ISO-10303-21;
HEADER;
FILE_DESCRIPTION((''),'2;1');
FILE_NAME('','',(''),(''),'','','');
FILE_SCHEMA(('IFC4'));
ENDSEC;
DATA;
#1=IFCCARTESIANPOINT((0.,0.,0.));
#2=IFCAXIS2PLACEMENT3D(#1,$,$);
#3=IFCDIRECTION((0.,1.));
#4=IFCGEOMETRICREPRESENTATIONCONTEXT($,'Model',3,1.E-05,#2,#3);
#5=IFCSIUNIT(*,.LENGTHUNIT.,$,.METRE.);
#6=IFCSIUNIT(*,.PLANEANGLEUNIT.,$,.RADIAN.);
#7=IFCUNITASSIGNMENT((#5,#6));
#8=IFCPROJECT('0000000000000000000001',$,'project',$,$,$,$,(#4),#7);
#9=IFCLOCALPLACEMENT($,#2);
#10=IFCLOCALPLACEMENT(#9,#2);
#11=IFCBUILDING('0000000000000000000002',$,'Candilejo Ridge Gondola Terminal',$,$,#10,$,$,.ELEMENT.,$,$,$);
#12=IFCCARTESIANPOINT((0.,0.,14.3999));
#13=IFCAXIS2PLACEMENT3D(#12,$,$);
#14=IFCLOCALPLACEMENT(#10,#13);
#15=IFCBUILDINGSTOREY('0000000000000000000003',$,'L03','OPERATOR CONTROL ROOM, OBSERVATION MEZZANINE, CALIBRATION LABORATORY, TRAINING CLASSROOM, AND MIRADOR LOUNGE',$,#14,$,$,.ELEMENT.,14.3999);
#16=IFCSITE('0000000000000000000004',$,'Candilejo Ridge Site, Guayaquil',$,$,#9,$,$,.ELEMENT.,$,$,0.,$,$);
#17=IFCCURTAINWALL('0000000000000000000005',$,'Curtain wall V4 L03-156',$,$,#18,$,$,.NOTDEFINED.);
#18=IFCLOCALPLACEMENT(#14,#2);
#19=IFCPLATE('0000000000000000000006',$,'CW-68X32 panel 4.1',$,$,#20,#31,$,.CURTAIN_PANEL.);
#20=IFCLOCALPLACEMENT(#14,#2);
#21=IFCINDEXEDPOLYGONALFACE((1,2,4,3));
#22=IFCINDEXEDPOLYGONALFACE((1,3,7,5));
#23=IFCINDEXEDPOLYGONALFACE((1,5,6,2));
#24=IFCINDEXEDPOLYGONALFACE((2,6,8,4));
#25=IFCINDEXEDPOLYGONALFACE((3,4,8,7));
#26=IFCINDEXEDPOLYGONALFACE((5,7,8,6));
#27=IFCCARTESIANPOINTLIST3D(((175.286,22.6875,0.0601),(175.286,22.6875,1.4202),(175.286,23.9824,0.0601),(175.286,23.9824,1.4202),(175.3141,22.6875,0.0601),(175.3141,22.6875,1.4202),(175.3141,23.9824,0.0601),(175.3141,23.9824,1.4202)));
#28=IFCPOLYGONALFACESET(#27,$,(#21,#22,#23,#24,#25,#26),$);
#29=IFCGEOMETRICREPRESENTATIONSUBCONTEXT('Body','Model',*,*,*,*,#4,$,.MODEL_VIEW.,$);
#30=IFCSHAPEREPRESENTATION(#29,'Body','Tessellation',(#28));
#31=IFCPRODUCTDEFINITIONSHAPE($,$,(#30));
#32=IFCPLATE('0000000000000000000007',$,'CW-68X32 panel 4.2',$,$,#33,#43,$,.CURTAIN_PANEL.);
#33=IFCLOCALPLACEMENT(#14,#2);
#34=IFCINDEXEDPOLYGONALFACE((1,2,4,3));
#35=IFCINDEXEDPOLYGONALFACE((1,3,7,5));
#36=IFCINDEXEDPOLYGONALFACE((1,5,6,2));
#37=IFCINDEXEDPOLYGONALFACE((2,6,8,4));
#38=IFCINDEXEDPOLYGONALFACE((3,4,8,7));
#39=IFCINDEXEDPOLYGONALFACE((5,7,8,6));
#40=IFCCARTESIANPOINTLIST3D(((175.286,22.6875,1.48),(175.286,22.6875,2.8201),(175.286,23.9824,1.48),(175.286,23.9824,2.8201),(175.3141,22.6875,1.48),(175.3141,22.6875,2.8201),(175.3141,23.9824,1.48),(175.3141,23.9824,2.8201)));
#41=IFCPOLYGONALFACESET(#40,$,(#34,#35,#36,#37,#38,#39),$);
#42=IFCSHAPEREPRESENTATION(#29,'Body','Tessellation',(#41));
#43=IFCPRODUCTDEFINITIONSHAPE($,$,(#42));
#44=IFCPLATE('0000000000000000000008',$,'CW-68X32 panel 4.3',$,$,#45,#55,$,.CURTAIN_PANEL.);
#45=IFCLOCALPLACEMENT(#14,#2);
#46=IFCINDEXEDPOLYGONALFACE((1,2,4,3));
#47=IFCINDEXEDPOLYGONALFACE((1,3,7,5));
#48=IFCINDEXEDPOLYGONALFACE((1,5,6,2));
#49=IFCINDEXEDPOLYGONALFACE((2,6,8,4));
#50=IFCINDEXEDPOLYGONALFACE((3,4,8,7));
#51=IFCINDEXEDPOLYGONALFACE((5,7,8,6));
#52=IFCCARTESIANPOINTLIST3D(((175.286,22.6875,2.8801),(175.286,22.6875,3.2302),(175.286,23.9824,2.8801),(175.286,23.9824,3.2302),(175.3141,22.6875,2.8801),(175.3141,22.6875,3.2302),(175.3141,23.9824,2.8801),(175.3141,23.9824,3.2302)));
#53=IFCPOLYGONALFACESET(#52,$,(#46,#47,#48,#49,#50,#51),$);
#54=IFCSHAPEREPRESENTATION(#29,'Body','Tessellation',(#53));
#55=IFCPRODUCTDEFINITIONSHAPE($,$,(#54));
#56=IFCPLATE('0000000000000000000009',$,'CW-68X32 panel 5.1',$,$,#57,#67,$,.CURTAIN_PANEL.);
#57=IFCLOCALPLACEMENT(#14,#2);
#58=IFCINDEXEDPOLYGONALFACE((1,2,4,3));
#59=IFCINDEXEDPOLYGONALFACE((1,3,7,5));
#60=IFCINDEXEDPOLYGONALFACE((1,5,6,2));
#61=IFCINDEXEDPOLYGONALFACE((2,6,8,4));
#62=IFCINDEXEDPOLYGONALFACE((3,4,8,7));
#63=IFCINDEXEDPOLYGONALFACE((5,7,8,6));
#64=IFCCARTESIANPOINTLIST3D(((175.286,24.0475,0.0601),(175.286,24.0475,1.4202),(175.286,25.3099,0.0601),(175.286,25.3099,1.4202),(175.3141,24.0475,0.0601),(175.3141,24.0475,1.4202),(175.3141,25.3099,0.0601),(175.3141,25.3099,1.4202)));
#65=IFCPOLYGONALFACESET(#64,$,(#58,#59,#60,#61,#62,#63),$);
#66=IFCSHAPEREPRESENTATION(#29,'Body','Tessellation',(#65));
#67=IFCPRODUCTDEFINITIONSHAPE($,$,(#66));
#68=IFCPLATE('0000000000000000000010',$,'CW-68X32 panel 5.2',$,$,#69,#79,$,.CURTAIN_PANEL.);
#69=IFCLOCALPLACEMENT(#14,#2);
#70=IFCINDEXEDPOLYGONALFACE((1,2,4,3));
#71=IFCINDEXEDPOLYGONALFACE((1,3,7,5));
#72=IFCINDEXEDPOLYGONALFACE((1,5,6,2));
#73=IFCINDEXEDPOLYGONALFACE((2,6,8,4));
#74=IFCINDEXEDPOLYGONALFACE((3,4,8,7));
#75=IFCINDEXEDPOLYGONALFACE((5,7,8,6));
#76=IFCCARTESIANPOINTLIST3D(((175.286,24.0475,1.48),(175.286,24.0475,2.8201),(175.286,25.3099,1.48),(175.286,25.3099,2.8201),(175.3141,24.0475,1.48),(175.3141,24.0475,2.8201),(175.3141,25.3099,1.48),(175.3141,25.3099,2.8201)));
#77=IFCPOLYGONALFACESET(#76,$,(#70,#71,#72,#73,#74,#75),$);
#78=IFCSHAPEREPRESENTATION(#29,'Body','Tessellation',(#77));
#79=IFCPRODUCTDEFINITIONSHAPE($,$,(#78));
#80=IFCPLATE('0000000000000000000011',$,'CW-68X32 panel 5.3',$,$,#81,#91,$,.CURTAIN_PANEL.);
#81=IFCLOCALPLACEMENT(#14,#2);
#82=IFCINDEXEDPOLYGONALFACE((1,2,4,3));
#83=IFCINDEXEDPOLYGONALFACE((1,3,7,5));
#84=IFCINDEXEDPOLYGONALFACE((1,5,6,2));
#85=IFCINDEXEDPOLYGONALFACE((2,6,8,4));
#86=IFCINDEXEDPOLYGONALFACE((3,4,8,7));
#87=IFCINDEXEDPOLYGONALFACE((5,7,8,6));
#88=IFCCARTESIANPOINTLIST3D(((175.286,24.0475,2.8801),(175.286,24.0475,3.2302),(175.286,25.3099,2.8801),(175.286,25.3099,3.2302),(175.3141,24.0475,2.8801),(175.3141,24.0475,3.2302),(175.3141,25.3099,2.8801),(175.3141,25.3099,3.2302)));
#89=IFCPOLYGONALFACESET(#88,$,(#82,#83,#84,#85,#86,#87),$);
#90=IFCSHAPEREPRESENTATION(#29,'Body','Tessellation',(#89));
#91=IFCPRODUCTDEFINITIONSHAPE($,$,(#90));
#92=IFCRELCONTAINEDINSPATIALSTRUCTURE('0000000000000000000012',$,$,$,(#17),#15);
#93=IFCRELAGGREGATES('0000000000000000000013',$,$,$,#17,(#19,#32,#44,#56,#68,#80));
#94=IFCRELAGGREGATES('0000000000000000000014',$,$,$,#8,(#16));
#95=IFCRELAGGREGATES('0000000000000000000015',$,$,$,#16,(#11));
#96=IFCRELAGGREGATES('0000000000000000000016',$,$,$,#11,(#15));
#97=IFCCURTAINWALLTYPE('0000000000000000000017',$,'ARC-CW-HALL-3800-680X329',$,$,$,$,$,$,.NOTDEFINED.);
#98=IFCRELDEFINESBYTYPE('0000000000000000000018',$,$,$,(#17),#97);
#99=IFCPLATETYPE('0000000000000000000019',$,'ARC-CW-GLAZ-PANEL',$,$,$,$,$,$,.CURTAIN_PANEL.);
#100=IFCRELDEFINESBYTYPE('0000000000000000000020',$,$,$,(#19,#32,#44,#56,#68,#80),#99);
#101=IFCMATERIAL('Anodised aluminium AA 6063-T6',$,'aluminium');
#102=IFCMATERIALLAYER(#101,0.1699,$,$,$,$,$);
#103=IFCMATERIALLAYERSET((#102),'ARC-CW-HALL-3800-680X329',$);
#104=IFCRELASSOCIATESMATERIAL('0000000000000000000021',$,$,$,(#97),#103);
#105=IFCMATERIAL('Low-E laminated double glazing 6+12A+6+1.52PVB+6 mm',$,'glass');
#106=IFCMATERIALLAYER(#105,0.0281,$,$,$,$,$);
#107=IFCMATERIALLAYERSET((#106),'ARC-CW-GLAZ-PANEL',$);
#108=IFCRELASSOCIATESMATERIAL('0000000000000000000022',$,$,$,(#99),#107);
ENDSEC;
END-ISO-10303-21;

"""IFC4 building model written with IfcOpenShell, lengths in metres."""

from ifc_helpers import new_model, si_unit, direction, frame, origin, origin_2d, place, context, subcontext, project, spatial, rectangle, extrude, material, layer, layer_set, type_object, element, aggregate, save


model = new_model("IFC4")

# Units and contexts
model_context = context("Model", 3, precision=1e-05, world=origin(), true_north=direction((0.0, 1.0)))
body_context = subcontext(model_context, "Body", "Model", "MODEL_VIEW")
ifc_project = project(units=[si_unit("LENGTHUNIT", "METRE"), si_unit("PLANEANGLEUNIT", "RADIAN")], contexts=[model_context])

# Site, building, storey
site_placement = place(None, origin())
site = spatial("IfcSite", under=ifc_project, at=site_placement, Name="Candilejo Ridge Site, Guayaquil", CompositionType="ELEMENT", RefElevation=0.0)
building_placement = place(site_placement, origin())
building = spatial("IfcBuilding", under=site, at=building_placement, Name="Candilejo Ridge Gondola Terminal", CompositionType="ELEMENT")
storey_placement = place(building_placement, frame((0.0, 0.0, 14.3999)))
storey = spatial("IfcBuildingStorey", under=building, at=storey_placement, Name="L03", Description="OPERATOR CONTROL ROOM, OBSERVATION MEZZANINE, CALIBRATION LABORATORY, TRAINING CLASSROOM, AND MIRADOR LOUNGE", CompositionType="ELEMENT", Elevation=14.3999)

# Curtain wall, plates
ifc_material_1 = material(Name="Anodised aluminium AA 6063-T6", Category="aluminium")
ifc_layer_1 = layer(ifc_material_1, 0.1699)
ifc_layer_set_1 = layer_set([ifc_layer_1], Name="ARC-CW-HALL-3800-680X329")
curtain_wall_type = type_object("IfcCurtainWallType", Name="ARC-CW-HALL-3800-680X329", PredefinedType="NOTDEFINED", material=ifc_layer_set_1)
curtain_wall_placement = place(storey_placement, origin())
curtain_wall = element("IfcCurtainWall", 1, at=curtain_wall_placement, inside=storey, type_object=curtain_wall_type, Name="Curtain wall V4 L03-156", PredefinedType="NOTDEFINED")
ifc_material_2 = material(Name="Low-E laminated double glazing 6+12A+6+1.52PVB+6 mm", Category="glass")
ifc_layer_2 = layer(ifc_material_2, 0.0281)
ifc_layer_set_2 = layer_set([ifc_layer_2], Name="ARC-CW-GLAZ-PANEL")
plate_type = type_object("IfcPlateType", Name="ARC-CW-GLAZ-PANEL", PredefinedType="CURTAIN_PANEL", material=ifc_layer_set_2)
plate_1_placement = place(storey_placement, frame((175.3, 23.335, 0.0601), z_axis=(0.0, 0.0, 1.0), x_axis=(0.0, 1.0, 0.0)))
plate_1 = element("IfcPlate", 2, at=plate_1_placement, type_object=plate_type, Name="CW-68X32 panel 4.1", PredefinedType="CURTAIN_PANEL", context=body_context, shape_type="SweptSolid", body=[
    extrude(rectangle(XDim=1.2949, YDim=0.0281, at=origin_2d()), origin(), (0.0, 0.0, 1.0), 1.3601),
])
plate_2_placement = place(storey_placement, frame((175.3, 23.335, 1.48), z_axis=(0.0, 0.0, 1.0), x_axis=(0.0, 1.0, 0.0)))
plate_2 = element("IfcPlate", 3, at=plate_2_placement, type_object=plate_type, Name="CW-68X32 panel 4.2", PredefinedType="CURTAIN_PANEL", context=body_context, shape_type="SweptSolid", body=[
    extrude(rectangle(XDim=1.2949, YDim=0.0281, at=origin_2d()), origin(), (0.0, 0.0, 1.0), 1.3401),
])
plate_3_placement = place(storey_placement, frame((175.3, 23.335, 2.8801), z_axis=(0.0, 0.0, 1.0), x_axis=(0.0, 1.0, 0.0)))
plate_3 = element("IfcPlate", 4, at=plate_3_placement, type_object=plate_type, Name="CW-68X32 panel 4.3", PredefinedType="CURTAIN_PANEL", context=body_context, shape_type="SweptSolid", body=[
    extrude(rectangle(XDim=1.2949, YDim=0.0281, at=origin_2d()), origin(), (0.0, 0.0, 1.0), 0.3501),
])
plate_4_placement = place(storey_placement, frame((175.3, 24.6787, 0.0601), z_axis=(0.0, 0.0, 1.0), x_axis=(0.0, 1.0, 0.0)))
plate_4 = element("IfcPlate", 5, at=plate_4_placement, type_object=plate_type, Name="CW-68X32 panel 5.1", PredefinedType="CURTAIN_PANEL", context=body_context, shape_type="SweptSolid", body=[
    extrude(rectangle(XDim=1.2625, YDim=0.0281, at=origin_2d()), origin(), (0.0, 0.0, 1.0), 1.3601),
])
plate_5_placement = place(storey_placement, frame((175.3, 24.6787, 1.48), z_axis=(0.0, 0.0, 1.0), x_axis=(0.0, 1.0, 0.0)))
plate_5 = element("IfcPlate", 6, at=plate_5_placement, type_object=plate_type, Name="CW-68X32 panel 5.2", PredefinedType="CURTAIN_PANEL", context=body_context, shape_type="SweptSolid", body=[
    extrude(rectangle(XDim=1.2625, YDim=0.0281, at=origin_2d()), origin(), (0.0, 0.0, 1.0), 1.3401),
])
plate_6_placement = place(storey_placement, frame((175.3, 24.6787, 2.8801), z_axis=(0.0, 0.0, 1.0), x_axis=(0.0, 1.0, 0.0)))
plate_6 = element("IfcPlate", 7, at=plate_6_placement, type_object=plate_type, Name="CW-68X32 panel 5.3", PredefinedType="CURTAIN_PANEL", context=body_context, shape_type="SweptSolid", body=[
    extrude(rectangle(XDim=1.2625, YDim=0.0281, at=origin_2d()), origin(), (0.0, 0.0, 1.0), 0.3501),
])
aggregate(curtain_wall, [plate_1, plate_2, plate_3, plate_4, plate_5, plate_6])

save(model, "model.ifc")
